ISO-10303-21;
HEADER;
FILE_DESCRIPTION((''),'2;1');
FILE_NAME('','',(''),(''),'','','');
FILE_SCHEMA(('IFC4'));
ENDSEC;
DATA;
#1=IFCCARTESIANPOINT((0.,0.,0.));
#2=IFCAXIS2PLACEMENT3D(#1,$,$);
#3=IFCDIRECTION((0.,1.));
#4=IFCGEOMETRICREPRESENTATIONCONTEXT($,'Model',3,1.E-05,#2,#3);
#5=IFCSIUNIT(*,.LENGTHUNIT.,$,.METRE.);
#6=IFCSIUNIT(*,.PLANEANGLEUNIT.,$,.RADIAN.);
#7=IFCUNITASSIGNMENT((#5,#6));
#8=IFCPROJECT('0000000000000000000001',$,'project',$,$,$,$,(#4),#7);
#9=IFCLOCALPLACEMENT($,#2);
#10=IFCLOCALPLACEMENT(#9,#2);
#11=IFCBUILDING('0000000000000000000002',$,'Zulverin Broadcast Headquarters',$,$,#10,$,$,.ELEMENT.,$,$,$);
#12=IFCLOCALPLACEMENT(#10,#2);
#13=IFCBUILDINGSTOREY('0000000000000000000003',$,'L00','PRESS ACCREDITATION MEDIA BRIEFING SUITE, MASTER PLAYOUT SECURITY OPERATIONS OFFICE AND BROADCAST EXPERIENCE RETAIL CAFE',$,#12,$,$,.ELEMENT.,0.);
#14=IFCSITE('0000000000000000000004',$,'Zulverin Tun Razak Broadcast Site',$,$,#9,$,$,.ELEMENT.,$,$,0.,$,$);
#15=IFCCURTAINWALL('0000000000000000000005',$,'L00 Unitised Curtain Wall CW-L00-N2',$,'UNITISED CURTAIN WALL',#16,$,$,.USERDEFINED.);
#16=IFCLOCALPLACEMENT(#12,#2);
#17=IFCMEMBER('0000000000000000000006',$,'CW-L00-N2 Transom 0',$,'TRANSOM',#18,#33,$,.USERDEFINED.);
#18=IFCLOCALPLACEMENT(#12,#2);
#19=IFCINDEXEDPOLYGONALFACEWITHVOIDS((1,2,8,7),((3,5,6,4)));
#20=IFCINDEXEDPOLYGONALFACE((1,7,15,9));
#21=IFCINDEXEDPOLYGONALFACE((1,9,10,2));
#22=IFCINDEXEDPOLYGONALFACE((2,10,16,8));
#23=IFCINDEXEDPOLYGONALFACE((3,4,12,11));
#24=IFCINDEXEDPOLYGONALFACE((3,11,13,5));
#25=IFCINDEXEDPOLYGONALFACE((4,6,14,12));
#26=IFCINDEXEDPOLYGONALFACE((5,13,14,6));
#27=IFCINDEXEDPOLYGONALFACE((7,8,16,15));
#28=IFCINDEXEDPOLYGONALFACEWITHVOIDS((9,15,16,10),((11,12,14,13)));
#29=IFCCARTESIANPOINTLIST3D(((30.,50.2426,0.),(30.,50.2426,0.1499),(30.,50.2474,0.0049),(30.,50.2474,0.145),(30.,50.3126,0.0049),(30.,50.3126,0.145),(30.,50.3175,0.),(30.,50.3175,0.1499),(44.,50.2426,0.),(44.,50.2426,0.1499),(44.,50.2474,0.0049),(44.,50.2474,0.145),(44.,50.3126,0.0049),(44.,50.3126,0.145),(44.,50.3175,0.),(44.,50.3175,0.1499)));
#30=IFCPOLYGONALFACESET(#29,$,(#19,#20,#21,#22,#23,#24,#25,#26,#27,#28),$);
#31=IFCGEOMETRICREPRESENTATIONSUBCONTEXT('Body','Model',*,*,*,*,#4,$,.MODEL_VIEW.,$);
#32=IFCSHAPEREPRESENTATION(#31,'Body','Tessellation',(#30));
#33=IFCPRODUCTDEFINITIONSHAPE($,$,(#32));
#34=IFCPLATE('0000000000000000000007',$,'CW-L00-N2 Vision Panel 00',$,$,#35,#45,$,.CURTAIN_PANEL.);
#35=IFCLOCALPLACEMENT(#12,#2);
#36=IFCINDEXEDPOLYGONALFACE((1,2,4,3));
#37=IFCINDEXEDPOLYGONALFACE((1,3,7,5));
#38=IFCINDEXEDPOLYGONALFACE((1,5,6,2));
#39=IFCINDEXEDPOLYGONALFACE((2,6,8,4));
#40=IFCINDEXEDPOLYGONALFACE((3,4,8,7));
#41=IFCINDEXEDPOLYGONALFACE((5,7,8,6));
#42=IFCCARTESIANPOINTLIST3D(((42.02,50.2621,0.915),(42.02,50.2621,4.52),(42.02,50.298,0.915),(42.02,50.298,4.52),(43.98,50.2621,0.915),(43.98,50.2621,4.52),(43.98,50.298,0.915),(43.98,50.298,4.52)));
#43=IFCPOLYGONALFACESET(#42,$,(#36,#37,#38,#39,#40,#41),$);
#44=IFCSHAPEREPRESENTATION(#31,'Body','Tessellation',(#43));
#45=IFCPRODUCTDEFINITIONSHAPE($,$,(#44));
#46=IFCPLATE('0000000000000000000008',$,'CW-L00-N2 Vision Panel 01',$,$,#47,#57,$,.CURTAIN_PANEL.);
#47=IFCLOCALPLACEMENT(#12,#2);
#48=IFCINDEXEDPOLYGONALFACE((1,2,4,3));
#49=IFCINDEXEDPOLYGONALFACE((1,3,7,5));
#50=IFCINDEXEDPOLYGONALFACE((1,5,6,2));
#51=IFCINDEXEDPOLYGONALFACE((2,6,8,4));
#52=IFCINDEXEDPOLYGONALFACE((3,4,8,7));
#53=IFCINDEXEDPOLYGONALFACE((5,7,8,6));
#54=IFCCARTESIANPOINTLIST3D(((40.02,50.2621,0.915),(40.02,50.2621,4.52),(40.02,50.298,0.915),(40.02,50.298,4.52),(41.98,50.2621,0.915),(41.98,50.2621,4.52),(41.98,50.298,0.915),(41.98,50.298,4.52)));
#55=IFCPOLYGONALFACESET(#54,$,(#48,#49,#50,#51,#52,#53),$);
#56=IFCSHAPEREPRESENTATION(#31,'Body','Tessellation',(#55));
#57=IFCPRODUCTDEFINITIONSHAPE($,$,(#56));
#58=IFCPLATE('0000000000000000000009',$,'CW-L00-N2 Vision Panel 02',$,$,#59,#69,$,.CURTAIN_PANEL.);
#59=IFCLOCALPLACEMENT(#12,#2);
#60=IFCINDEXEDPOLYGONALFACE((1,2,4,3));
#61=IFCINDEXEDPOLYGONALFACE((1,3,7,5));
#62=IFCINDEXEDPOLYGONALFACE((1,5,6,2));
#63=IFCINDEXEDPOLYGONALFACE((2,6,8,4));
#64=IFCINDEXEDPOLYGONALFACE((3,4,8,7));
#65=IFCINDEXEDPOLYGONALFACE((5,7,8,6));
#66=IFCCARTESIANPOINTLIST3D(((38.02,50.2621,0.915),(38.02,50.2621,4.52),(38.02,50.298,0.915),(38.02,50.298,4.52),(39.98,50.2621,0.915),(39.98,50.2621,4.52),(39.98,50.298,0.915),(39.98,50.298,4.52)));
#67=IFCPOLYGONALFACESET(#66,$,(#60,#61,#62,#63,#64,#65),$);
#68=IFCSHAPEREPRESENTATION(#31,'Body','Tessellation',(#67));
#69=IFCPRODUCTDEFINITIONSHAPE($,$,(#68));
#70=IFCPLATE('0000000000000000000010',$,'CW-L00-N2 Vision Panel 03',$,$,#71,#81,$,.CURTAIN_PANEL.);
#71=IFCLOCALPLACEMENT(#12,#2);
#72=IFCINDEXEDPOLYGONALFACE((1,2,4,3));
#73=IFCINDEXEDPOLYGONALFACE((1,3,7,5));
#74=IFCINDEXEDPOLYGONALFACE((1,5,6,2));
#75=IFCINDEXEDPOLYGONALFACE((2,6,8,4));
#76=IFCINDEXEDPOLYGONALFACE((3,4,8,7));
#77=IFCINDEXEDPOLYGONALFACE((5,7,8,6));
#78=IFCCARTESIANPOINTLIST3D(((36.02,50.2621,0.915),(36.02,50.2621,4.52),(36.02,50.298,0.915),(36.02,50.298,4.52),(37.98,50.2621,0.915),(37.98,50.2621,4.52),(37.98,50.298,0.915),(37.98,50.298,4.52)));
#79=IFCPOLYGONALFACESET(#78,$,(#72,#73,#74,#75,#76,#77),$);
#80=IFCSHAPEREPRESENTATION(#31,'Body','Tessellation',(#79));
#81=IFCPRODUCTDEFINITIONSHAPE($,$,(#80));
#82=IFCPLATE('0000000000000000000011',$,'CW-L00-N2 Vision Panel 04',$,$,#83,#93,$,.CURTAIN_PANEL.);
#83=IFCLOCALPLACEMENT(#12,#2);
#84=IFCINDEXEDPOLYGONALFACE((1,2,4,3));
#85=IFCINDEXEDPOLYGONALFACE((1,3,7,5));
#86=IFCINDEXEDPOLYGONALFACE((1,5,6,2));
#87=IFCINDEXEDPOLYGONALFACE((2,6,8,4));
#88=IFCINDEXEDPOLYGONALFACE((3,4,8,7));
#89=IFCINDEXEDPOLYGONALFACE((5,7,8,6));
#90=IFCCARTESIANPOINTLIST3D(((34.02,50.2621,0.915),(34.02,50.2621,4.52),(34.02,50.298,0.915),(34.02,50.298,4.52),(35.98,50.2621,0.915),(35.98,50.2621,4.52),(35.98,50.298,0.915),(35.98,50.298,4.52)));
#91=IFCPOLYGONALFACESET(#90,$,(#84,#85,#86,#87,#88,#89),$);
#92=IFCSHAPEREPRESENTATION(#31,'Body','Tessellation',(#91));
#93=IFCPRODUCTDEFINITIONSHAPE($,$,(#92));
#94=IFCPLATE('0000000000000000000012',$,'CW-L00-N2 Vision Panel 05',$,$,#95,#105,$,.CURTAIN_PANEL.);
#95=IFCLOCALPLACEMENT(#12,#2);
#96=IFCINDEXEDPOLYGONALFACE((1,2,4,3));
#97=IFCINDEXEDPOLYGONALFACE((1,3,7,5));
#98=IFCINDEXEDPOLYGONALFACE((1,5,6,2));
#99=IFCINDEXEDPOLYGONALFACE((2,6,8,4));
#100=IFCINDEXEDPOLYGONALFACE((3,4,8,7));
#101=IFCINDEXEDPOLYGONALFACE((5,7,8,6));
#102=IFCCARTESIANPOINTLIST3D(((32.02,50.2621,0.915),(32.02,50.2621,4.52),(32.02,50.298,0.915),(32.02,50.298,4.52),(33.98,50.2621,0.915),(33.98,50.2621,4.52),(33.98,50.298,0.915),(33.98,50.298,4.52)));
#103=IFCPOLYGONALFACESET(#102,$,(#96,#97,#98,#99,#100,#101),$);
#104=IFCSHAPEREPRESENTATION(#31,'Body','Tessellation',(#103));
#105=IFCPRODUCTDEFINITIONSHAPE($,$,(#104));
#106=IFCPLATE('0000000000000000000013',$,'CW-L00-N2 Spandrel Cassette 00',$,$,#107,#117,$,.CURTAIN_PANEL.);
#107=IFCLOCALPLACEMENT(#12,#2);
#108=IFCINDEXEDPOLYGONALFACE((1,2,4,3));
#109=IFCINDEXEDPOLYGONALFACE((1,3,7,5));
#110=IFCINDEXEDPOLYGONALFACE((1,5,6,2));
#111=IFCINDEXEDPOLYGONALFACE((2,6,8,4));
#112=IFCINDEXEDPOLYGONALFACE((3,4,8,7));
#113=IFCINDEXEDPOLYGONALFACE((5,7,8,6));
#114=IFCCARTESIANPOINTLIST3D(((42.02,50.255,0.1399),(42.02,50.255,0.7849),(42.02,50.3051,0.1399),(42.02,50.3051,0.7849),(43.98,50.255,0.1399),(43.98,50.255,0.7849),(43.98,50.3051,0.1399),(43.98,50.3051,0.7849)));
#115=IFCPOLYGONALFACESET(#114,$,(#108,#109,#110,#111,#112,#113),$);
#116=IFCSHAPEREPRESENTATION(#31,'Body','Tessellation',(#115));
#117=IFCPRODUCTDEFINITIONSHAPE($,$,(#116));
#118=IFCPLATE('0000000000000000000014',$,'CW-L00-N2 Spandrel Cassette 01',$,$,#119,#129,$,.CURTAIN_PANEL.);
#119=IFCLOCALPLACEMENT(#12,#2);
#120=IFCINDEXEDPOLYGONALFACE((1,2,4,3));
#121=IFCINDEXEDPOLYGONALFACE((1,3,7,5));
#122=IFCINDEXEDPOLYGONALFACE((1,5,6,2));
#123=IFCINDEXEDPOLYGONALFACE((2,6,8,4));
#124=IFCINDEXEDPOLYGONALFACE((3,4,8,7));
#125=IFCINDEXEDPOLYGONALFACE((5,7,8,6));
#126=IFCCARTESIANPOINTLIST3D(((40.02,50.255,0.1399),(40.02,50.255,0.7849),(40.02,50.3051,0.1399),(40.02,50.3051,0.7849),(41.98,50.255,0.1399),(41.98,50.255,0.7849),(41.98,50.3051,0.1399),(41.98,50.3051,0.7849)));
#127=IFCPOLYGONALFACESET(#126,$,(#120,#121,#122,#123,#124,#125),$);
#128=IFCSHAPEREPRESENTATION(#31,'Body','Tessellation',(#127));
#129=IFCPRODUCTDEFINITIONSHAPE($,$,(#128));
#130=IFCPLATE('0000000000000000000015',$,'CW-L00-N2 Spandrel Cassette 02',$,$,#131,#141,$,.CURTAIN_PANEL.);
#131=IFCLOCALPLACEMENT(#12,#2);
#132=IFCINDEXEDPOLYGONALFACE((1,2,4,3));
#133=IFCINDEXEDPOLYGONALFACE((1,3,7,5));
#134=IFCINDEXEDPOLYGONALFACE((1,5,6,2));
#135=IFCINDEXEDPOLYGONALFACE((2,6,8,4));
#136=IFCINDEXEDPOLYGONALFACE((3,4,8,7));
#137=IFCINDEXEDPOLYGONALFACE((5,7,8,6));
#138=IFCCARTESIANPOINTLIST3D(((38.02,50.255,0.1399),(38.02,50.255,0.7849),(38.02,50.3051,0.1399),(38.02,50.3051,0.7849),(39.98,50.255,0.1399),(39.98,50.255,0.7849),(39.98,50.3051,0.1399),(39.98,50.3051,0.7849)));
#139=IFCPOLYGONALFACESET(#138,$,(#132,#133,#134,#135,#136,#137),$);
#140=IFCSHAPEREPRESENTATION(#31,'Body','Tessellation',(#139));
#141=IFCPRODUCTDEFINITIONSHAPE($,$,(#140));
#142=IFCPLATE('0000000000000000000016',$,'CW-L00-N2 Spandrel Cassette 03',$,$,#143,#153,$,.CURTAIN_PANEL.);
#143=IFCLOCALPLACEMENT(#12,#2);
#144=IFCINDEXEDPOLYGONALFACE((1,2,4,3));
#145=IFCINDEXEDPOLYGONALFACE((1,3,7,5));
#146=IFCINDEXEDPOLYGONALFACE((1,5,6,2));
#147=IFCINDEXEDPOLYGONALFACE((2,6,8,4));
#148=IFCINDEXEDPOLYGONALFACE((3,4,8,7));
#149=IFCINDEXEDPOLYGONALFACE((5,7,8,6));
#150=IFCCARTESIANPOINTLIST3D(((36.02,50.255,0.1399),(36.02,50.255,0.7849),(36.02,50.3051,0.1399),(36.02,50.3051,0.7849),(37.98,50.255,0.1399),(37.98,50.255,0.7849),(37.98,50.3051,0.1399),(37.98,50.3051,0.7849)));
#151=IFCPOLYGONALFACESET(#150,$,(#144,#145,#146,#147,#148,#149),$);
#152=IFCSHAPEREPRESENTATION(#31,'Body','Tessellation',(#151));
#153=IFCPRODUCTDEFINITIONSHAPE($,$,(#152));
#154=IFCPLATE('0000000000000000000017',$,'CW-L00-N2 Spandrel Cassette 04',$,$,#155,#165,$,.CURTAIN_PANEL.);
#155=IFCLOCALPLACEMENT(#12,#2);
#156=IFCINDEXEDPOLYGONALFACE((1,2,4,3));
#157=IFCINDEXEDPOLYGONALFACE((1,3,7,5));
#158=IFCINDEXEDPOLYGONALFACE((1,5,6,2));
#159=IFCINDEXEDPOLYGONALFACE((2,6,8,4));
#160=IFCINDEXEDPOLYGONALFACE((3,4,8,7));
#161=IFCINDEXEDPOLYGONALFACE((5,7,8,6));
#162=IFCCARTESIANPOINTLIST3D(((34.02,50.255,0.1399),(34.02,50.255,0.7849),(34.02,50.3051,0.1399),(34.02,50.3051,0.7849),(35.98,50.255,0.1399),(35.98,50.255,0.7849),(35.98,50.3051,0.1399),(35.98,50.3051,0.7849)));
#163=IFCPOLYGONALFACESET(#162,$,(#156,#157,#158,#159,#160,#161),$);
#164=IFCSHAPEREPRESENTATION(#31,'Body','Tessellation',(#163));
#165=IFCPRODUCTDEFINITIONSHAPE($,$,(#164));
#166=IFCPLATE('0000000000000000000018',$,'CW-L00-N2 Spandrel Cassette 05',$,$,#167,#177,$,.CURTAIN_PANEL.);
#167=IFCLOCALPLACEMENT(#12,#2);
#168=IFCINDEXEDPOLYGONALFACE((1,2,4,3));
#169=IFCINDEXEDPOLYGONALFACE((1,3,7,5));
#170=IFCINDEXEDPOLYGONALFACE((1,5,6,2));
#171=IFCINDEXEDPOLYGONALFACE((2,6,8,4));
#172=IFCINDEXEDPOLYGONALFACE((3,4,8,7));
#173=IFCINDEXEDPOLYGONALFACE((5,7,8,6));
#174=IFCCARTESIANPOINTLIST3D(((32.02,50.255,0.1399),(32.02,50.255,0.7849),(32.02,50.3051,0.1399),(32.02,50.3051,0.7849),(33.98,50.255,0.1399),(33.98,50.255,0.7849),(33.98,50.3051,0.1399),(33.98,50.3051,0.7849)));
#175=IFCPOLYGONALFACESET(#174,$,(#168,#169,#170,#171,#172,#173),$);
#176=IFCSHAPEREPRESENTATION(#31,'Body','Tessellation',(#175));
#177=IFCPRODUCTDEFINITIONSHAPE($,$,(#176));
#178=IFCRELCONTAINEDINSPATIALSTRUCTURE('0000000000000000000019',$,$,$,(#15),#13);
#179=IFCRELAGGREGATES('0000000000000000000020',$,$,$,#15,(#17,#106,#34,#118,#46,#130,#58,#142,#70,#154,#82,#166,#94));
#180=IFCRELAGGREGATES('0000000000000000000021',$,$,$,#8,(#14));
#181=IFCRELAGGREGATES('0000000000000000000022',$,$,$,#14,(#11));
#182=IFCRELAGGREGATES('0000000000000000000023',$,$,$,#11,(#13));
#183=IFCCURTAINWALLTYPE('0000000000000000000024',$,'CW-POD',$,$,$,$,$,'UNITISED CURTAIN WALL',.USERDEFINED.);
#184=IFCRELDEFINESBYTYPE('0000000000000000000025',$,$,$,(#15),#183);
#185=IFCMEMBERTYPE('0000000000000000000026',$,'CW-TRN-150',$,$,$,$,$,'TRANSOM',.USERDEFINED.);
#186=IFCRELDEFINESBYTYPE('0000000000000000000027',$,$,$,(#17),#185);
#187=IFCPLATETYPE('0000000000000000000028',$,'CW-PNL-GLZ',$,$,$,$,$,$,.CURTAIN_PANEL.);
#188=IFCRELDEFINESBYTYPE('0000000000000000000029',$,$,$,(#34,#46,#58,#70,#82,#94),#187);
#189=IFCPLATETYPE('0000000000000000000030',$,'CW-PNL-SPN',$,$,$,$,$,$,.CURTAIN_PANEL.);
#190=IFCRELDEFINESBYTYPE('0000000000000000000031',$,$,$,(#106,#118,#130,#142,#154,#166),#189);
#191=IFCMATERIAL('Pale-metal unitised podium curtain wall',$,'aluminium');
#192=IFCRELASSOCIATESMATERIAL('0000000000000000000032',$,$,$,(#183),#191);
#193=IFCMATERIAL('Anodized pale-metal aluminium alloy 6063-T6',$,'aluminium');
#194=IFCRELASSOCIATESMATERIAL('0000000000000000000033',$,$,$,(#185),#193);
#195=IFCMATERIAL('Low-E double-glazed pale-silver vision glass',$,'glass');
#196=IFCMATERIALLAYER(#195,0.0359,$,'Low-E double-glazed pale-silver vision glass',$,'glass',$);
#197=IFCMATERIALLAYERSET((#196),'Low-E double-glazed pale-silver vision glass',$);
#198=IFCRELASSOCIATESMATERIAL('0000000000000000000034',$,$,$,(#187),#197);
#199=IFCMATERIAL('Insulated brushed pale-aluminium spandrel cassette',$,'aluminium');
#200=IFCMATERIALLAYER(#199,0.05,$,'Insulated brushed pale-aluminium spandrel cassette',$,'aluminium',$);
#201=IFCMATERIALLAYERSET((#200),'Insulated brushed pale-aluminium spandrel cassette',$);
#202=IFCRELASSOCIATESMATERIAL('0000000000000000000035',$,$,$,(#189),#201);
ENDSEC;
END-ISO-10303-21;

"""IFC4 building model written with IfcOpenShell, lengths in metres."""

from ifc_helpers import new_model, si_unit, direction, frame, origin, origin_2d, place, context, subcontext, project, spatial, rectangle, hollow_rectangle, extrude, material, layer, layer_set, material_profile, profile_set, type_object, element, aggregate, save


model = new_model("IFC4")

# Units and contexts
model_context = context("Model", 3, precision=1e-05, world=origin(), true_north=direction((0.0, 1.0)))
body_context = subcontext(model_context, "Body", "Model", "MODEL_VIEW")
ifc_project = project(units=[si_unit("LENGTHUNIT", "METRE"), si_unit("PLANEANGLEUNIT", "RADIAN")], contexts=[model_context])

# Site, building, storey
site_placement = place(None, origin())
site = spatial("IfcSite", under=ifc_project, at=site_placement, Name="Zulverin Tun Razak Broadcast Site", CompositionType="ELEMENT", RefElevation=0.0)
building_placement = place(site_placement, origin())
building = spatial("IfcBuilding", under=site, at=building_placement, Name="Zulverin Broadcast Headquarters", CompositionType="ELEMENT")
storey_placement = place(building_placement, origin())
storey = spatial("IfcBuildingStorey", under=building, at=storey_placement, Name="L00", Description="PRESS ACCREDITATION MEDIA BRIEFING SUITE, MASTER PLAYOUT SECURITY OPERATIONS OFFICE AND BROADCAST EXPERIENCE RETAIL CAFE", CompositionType="ELEMENT", Elevation=0.0)

# Curtain wall, member, plates
ifc_material_1 = material(Name="Pale-metal unitised podium curtain wall", Category="aluminium")
curtain_wall_type = type_object("IfcCurtainWallType", Name="CW-POD", ElementType="UNITISED CURTAIN WALL", PredefinedType="USERDEFINED", material=ifc_material_1)
curtain_wall_placement = place(storey_placement, origin())
curtain_wall = element("IfcCurtainWall", 1, at=curtain_wall_placement, inside=storey, type_object=curtain_wall_type, Name="L00 Unitised Curtain Wall CW-L00-N2", ObjectType="UNITISED CURTAIN WALL", PredefinedType="USERDEFINED")
ifc_material_2 = material(Name="Anodized pale-metal aluminium alloy 6063-T6", Category="aluminium")
ifc_material_profile_1 = material_profile(ifc_material_2, hollow_rectangle(XDim=0.075, YDim=0.1499, WallThickness=0.0049, at=origin_2d()), Name="Anodized pale-metal aluminium alloy 6063-T6", Category="aluminium")
ifc_profile_set_1 = profile_set([ifc_material_profile_1], Name="Anodized pale-metal aluminium alloy 6063-T6")
member_type_1 = type_object("IfcMemberType", Name="CW-TRN-150", ElementType="TRANSOM", PredefinedType="USERDEFINED", material=ifc_profile_set_1)
member_1_placement = place(storey_placement, frame((44.0, 50.28, 0.075), z_axis=(-1.0, 0.0, 0.0), x_axis=(0.0, -1.0, 0.0)))
member_1 = element("IfcMember", 2, at=member_1_placement, type_object=member_type_1, Name="CW-L00-N2 Transom 0", ObjectType="TRANSOM", PredefinedType="USERDEFINED", context=body_context, shape_type="SweptSolid", body=[
    extrude(hollow_rectangle(XDim=0.075, YDim=0.1499, WallThickness=0.0049, at=origin_2d()), origin(), (0.0, 0.0, 1.0), 14.0),
])
ifc_material_3 = material(Name="Low-E double-glazed pale-silver vision glass", Category="glass")
ifc_layer_1 = layer(ifc_material_3, 0.0359, Name="Low-E double-glazed pale-silver vision glass", Category="glass")
ifc_layer_set_1 = layer_set([ifc_layer_1], Name="Low-E double-glazed pale-silver vision glass")
plate_type_1 = type_object("IfcPlateType", Name="CW-PNL-GLZ", PredefinedType="CURTAIN_PANEL", material=ifc_layer_set_1)
plate_1_placement = place(storey_placement, frame((43.0, 50.28, 0.915), z_axis=(0.0, 0.0, 1.0), x_axis=(-1.0, 0.0, 0.0)))
plate_1 = element("IfcPlate", 3, at=plate_1_placement, type_object=plate_type_1, Name="CW-L00-N2 Vision Panel 00", PredefinedType="CURTAIN_PANEL", context=body_context, shape_type="SweptSolid", body=[
    extrude(rectangle(XDim=1.96, YDim=0.0359, at=origin_2d()), origin(), (0.0, 0.0, 1.0), 3.605),
])
plate_2_placement = place(storey_placement, frame((41.0, 50.28, 0.915), z_axis=(0.0, 0.0, 1.0), x_axis=(-1.0, 0.0, 0.0)))
plate_2 = element("IfcPlate", 4, at=plate_2_placement, type_object=plate_type_1, Name="CW-L00-N2 Vision Panel 01", PredefinedType="CURTAIN_PANEL", context=body_context, shape_type="SweptSolid", body=[
    extrude(rectangle(XDim=1.96, YDim=0.0359, at=origin_2d()), origin(), (0.0, 0.0, 1.0), 3.605),
])
plate_3_placement = place(storey_placement, frame((39.0, 50.28, 0.915), z_axis=(0.0, 0.0, 1.0), x_axis=(-1.0, 0.0, 0.0)))
plate_3 = element("IfcPlate", 5, at=plate_3_placement, type_object=plate_type_1, Name="CW-L00-N2 Vision Panel 02", PredefinedType="CURTAIN_PANEL", context=body_context, shape_type="SweptSolid", body=[
    extrude(rectangle(XDim=1.96, YDim=0.0359, at=origin_2d()), origin(), (0.0, 0.0, 1.0), 3.605),
])
plate_4_placement = place(storey_placement, frame((37.0, 50.28, 0.915), z_axis=(0.0, 0.0, 1.0), x_axis=(-1.0, 0.0, 0.0)))
plate_4 = element("IfcPlate", 6, at=plate_4_placement, type_object=plate_type_1, Name="CW-L00-N2 Vision Panel 03", PredefinedType="CURTAIN_PANEL", context=body_context, shape_type="SweptSolid", body=[
    extrude(rectangle(XDim=1.96, YDim=0.0359, at=origin_2d()), origin(), (0.0, 0.0, 1.0), 3.605),
])
plate_5_placement = place(storey_placement, frame((35.0, 50.28, 0.915), z_axis=(0.0, 0.0, 1.0), x_axis=(-1.0, 0.0, 0.0)))
plate_5 = element("IfcPlate", 7, at=plate_5_placement, type_object=plate_type_1, Name="CW-L00-N2 Vision Panel 04", PredefinedType="CURTAIN_PANEL", context=body_context, shape_type="SweptSolid", body=[
    extrude(rectangle(XDim=1.96, YDim=0.0359, at=origin_2d()), origin(), (0.0, 0.0, 1.0), 3.605),
])
plate_6_placement = place(storey_placement, frame((33.0, 50.28, 0.915), z_axis=(0.0, 0.0, 1.0), x_axis=(-1.0, 0.0, 0.0)))
plate_6 = element("IfcPlate", 8, at=plate_6_placement, type_object=plate_type_1, Name="CW-L00-N2 Vision Panel 05", PredefinedType="CURTAIN_PANEL", context=body_context, shape_type="SweptSolid", body=[
    extrude(rectangle(XDim=1.96, YDim=0.0359, at=origin_2d()), origin(), (0.0, 0.0, 1.0), 3.605),
])
ifc_material_4 = material(Name="Insulated brushed pale-aluminium spandrel cassette", Category="aluminium")
ifc_layer_2 = layer(ifc_material_4, 0.05, Name="Insulated brushed pale-aluminium spandrel cassette", Category="aluminium")
ifc_layer_set_2 = layer_set([ifc_layer_2], Name="Insulated brushed pale-aluminium spandrel cassette")
plate_type_2 = type_object("IfcPlateType", Name="CW-PNL-SPN", PredefinedType="CURTAIN_PANEL", material=ifc_layer_set_2)
plate_7_placement = place(storey_placement, frame((43.0, 50.28, 0.1399), z_axis=(0.0, 0.0, 1.0), x_axis=(-1.0, 0.0, 0.0)))
plate_7 = element("IfcPlate", 9, at=plate_7_placement, type_object=plate_type_2, Name="CW-L00-N2 Spandrel Cassette 00", PredefinedType="CURTAIN_PANEL", context=body_context, shape_type="SweptSolid", body=[
    extrude(rectangle(XDim=1.96, YDim=0.05, at=origin_2d()), origin(), (0.0, 0.0, 1.0), 0.645),
])
plate_8_placement = place(storey_placement, frame((41.0, 50.28, 0.1399), z_axis=(0.0, 0.0, 1.0), x_axis=(-1.0, 0.0, 0.0)))
plate_8 = element("IfcPlate", 10, at=plate_8_placement, type_object=plate_type_2, Name="CW-L00-N2 Spandrel Cassette 01", PredefinedType="CURTAIN_PANEL", context=body_context, shape_type="SweptSolid", body=[
    extrude(rectangle(XDim=1.96, YDim=0.05, at=origin_2d()), origin(), (0.0, 0.0, 1.0), 0.645),
])
plate_9_placement = place(storey_placement, frame((39.0, 50.28, 0.1399), z_axis=(0.0, 0.0, 1.0), x_axis=(-1.0, 0.0, 0.0)))
plate_9 = element("IfcPlate", 11, at=plate_9_placement, type_object=plate_type_2, Name="CW-L00-N2 Spandrel Cassette 02", PredefinedType="CURTAIN_PANEL", context=body_context, shape_type="SweptSolid", body=[
    extrude(rectangle(XDim=1.96, YDim=0.05, at=origin_2d()), origin(), (0.0, 0.0, 1.0), 0.645),
])
plate_10_placement = place(storey_placement, frame((37.0, 50.28, 0.1399), z_axis=(0.0, 0.0, 1.0), x_axis=(-1.0, 0.0, 0.0)))
plate_10 = element("IfcPlate", 12, at=plate_10_placement, type_object=plate_type_2, Name="CW-L00-N2 Spandrel Cassette 03", PredefinedType="CURTAIN_PANEL", context=body_context, shape_type="SweptSolid", body=[
    extrude(rectangle(XDim=1.96, YDim=0.05, at=origin_2d()), origin(), (0.0, 0.0, 1.0), 0.645),
])
plate_11_placement = place(storey_placement, frame((35.0, 50.28, 0.1399), z_axis=(0.0, 0.0, 1.0), x_axis=(-1.0, 0.0, 0.0)))
plate_11 = element("IfcPlate", 13, at=plate_11_placement, type_object=plate_type_2, Name="CW-L00-N2 Spandrel Cassette 04", PredefinedType="CURTAIN_PANEL", context=body_context, shape_type="SweptSolid", body=[
    extrude(rectangle(XDim=1.96, YDim=0.05, at=origin_2d()), origin(), (0.0, 0.0, 1.0), 0.645),
])
plate_12_placement = place(storey_placement, frame((33.0, 50.28, 0.1399), z_axis=(0.0, 0.0, 1.0), x_axis=(-1.0, 0.0, 0.0)))
plate_12 = element("IfcPlate", 14, at=plate_12_placement, type_object=plate_type_2, Name="CW-L00-N2 Spandrel Cassette 05", PredefinedType="CURTAIN_PANEL", context=body_context, shape_type="SweptSolid", body=[
    extrude(rectangle(XDim=1.96, YDim=0.05, at=origin_2d()), origin(), (0.0, 0.0, 1.0), 0.645),
])
aggregate(curtain_wall, [member_1, plate_7, plate_1, plate_8, plate_2, plate_9, plate_3, plate_10, plate_4, plate_11, plate_5, plate_12, plate_6])

save(model, "model.ifc")
